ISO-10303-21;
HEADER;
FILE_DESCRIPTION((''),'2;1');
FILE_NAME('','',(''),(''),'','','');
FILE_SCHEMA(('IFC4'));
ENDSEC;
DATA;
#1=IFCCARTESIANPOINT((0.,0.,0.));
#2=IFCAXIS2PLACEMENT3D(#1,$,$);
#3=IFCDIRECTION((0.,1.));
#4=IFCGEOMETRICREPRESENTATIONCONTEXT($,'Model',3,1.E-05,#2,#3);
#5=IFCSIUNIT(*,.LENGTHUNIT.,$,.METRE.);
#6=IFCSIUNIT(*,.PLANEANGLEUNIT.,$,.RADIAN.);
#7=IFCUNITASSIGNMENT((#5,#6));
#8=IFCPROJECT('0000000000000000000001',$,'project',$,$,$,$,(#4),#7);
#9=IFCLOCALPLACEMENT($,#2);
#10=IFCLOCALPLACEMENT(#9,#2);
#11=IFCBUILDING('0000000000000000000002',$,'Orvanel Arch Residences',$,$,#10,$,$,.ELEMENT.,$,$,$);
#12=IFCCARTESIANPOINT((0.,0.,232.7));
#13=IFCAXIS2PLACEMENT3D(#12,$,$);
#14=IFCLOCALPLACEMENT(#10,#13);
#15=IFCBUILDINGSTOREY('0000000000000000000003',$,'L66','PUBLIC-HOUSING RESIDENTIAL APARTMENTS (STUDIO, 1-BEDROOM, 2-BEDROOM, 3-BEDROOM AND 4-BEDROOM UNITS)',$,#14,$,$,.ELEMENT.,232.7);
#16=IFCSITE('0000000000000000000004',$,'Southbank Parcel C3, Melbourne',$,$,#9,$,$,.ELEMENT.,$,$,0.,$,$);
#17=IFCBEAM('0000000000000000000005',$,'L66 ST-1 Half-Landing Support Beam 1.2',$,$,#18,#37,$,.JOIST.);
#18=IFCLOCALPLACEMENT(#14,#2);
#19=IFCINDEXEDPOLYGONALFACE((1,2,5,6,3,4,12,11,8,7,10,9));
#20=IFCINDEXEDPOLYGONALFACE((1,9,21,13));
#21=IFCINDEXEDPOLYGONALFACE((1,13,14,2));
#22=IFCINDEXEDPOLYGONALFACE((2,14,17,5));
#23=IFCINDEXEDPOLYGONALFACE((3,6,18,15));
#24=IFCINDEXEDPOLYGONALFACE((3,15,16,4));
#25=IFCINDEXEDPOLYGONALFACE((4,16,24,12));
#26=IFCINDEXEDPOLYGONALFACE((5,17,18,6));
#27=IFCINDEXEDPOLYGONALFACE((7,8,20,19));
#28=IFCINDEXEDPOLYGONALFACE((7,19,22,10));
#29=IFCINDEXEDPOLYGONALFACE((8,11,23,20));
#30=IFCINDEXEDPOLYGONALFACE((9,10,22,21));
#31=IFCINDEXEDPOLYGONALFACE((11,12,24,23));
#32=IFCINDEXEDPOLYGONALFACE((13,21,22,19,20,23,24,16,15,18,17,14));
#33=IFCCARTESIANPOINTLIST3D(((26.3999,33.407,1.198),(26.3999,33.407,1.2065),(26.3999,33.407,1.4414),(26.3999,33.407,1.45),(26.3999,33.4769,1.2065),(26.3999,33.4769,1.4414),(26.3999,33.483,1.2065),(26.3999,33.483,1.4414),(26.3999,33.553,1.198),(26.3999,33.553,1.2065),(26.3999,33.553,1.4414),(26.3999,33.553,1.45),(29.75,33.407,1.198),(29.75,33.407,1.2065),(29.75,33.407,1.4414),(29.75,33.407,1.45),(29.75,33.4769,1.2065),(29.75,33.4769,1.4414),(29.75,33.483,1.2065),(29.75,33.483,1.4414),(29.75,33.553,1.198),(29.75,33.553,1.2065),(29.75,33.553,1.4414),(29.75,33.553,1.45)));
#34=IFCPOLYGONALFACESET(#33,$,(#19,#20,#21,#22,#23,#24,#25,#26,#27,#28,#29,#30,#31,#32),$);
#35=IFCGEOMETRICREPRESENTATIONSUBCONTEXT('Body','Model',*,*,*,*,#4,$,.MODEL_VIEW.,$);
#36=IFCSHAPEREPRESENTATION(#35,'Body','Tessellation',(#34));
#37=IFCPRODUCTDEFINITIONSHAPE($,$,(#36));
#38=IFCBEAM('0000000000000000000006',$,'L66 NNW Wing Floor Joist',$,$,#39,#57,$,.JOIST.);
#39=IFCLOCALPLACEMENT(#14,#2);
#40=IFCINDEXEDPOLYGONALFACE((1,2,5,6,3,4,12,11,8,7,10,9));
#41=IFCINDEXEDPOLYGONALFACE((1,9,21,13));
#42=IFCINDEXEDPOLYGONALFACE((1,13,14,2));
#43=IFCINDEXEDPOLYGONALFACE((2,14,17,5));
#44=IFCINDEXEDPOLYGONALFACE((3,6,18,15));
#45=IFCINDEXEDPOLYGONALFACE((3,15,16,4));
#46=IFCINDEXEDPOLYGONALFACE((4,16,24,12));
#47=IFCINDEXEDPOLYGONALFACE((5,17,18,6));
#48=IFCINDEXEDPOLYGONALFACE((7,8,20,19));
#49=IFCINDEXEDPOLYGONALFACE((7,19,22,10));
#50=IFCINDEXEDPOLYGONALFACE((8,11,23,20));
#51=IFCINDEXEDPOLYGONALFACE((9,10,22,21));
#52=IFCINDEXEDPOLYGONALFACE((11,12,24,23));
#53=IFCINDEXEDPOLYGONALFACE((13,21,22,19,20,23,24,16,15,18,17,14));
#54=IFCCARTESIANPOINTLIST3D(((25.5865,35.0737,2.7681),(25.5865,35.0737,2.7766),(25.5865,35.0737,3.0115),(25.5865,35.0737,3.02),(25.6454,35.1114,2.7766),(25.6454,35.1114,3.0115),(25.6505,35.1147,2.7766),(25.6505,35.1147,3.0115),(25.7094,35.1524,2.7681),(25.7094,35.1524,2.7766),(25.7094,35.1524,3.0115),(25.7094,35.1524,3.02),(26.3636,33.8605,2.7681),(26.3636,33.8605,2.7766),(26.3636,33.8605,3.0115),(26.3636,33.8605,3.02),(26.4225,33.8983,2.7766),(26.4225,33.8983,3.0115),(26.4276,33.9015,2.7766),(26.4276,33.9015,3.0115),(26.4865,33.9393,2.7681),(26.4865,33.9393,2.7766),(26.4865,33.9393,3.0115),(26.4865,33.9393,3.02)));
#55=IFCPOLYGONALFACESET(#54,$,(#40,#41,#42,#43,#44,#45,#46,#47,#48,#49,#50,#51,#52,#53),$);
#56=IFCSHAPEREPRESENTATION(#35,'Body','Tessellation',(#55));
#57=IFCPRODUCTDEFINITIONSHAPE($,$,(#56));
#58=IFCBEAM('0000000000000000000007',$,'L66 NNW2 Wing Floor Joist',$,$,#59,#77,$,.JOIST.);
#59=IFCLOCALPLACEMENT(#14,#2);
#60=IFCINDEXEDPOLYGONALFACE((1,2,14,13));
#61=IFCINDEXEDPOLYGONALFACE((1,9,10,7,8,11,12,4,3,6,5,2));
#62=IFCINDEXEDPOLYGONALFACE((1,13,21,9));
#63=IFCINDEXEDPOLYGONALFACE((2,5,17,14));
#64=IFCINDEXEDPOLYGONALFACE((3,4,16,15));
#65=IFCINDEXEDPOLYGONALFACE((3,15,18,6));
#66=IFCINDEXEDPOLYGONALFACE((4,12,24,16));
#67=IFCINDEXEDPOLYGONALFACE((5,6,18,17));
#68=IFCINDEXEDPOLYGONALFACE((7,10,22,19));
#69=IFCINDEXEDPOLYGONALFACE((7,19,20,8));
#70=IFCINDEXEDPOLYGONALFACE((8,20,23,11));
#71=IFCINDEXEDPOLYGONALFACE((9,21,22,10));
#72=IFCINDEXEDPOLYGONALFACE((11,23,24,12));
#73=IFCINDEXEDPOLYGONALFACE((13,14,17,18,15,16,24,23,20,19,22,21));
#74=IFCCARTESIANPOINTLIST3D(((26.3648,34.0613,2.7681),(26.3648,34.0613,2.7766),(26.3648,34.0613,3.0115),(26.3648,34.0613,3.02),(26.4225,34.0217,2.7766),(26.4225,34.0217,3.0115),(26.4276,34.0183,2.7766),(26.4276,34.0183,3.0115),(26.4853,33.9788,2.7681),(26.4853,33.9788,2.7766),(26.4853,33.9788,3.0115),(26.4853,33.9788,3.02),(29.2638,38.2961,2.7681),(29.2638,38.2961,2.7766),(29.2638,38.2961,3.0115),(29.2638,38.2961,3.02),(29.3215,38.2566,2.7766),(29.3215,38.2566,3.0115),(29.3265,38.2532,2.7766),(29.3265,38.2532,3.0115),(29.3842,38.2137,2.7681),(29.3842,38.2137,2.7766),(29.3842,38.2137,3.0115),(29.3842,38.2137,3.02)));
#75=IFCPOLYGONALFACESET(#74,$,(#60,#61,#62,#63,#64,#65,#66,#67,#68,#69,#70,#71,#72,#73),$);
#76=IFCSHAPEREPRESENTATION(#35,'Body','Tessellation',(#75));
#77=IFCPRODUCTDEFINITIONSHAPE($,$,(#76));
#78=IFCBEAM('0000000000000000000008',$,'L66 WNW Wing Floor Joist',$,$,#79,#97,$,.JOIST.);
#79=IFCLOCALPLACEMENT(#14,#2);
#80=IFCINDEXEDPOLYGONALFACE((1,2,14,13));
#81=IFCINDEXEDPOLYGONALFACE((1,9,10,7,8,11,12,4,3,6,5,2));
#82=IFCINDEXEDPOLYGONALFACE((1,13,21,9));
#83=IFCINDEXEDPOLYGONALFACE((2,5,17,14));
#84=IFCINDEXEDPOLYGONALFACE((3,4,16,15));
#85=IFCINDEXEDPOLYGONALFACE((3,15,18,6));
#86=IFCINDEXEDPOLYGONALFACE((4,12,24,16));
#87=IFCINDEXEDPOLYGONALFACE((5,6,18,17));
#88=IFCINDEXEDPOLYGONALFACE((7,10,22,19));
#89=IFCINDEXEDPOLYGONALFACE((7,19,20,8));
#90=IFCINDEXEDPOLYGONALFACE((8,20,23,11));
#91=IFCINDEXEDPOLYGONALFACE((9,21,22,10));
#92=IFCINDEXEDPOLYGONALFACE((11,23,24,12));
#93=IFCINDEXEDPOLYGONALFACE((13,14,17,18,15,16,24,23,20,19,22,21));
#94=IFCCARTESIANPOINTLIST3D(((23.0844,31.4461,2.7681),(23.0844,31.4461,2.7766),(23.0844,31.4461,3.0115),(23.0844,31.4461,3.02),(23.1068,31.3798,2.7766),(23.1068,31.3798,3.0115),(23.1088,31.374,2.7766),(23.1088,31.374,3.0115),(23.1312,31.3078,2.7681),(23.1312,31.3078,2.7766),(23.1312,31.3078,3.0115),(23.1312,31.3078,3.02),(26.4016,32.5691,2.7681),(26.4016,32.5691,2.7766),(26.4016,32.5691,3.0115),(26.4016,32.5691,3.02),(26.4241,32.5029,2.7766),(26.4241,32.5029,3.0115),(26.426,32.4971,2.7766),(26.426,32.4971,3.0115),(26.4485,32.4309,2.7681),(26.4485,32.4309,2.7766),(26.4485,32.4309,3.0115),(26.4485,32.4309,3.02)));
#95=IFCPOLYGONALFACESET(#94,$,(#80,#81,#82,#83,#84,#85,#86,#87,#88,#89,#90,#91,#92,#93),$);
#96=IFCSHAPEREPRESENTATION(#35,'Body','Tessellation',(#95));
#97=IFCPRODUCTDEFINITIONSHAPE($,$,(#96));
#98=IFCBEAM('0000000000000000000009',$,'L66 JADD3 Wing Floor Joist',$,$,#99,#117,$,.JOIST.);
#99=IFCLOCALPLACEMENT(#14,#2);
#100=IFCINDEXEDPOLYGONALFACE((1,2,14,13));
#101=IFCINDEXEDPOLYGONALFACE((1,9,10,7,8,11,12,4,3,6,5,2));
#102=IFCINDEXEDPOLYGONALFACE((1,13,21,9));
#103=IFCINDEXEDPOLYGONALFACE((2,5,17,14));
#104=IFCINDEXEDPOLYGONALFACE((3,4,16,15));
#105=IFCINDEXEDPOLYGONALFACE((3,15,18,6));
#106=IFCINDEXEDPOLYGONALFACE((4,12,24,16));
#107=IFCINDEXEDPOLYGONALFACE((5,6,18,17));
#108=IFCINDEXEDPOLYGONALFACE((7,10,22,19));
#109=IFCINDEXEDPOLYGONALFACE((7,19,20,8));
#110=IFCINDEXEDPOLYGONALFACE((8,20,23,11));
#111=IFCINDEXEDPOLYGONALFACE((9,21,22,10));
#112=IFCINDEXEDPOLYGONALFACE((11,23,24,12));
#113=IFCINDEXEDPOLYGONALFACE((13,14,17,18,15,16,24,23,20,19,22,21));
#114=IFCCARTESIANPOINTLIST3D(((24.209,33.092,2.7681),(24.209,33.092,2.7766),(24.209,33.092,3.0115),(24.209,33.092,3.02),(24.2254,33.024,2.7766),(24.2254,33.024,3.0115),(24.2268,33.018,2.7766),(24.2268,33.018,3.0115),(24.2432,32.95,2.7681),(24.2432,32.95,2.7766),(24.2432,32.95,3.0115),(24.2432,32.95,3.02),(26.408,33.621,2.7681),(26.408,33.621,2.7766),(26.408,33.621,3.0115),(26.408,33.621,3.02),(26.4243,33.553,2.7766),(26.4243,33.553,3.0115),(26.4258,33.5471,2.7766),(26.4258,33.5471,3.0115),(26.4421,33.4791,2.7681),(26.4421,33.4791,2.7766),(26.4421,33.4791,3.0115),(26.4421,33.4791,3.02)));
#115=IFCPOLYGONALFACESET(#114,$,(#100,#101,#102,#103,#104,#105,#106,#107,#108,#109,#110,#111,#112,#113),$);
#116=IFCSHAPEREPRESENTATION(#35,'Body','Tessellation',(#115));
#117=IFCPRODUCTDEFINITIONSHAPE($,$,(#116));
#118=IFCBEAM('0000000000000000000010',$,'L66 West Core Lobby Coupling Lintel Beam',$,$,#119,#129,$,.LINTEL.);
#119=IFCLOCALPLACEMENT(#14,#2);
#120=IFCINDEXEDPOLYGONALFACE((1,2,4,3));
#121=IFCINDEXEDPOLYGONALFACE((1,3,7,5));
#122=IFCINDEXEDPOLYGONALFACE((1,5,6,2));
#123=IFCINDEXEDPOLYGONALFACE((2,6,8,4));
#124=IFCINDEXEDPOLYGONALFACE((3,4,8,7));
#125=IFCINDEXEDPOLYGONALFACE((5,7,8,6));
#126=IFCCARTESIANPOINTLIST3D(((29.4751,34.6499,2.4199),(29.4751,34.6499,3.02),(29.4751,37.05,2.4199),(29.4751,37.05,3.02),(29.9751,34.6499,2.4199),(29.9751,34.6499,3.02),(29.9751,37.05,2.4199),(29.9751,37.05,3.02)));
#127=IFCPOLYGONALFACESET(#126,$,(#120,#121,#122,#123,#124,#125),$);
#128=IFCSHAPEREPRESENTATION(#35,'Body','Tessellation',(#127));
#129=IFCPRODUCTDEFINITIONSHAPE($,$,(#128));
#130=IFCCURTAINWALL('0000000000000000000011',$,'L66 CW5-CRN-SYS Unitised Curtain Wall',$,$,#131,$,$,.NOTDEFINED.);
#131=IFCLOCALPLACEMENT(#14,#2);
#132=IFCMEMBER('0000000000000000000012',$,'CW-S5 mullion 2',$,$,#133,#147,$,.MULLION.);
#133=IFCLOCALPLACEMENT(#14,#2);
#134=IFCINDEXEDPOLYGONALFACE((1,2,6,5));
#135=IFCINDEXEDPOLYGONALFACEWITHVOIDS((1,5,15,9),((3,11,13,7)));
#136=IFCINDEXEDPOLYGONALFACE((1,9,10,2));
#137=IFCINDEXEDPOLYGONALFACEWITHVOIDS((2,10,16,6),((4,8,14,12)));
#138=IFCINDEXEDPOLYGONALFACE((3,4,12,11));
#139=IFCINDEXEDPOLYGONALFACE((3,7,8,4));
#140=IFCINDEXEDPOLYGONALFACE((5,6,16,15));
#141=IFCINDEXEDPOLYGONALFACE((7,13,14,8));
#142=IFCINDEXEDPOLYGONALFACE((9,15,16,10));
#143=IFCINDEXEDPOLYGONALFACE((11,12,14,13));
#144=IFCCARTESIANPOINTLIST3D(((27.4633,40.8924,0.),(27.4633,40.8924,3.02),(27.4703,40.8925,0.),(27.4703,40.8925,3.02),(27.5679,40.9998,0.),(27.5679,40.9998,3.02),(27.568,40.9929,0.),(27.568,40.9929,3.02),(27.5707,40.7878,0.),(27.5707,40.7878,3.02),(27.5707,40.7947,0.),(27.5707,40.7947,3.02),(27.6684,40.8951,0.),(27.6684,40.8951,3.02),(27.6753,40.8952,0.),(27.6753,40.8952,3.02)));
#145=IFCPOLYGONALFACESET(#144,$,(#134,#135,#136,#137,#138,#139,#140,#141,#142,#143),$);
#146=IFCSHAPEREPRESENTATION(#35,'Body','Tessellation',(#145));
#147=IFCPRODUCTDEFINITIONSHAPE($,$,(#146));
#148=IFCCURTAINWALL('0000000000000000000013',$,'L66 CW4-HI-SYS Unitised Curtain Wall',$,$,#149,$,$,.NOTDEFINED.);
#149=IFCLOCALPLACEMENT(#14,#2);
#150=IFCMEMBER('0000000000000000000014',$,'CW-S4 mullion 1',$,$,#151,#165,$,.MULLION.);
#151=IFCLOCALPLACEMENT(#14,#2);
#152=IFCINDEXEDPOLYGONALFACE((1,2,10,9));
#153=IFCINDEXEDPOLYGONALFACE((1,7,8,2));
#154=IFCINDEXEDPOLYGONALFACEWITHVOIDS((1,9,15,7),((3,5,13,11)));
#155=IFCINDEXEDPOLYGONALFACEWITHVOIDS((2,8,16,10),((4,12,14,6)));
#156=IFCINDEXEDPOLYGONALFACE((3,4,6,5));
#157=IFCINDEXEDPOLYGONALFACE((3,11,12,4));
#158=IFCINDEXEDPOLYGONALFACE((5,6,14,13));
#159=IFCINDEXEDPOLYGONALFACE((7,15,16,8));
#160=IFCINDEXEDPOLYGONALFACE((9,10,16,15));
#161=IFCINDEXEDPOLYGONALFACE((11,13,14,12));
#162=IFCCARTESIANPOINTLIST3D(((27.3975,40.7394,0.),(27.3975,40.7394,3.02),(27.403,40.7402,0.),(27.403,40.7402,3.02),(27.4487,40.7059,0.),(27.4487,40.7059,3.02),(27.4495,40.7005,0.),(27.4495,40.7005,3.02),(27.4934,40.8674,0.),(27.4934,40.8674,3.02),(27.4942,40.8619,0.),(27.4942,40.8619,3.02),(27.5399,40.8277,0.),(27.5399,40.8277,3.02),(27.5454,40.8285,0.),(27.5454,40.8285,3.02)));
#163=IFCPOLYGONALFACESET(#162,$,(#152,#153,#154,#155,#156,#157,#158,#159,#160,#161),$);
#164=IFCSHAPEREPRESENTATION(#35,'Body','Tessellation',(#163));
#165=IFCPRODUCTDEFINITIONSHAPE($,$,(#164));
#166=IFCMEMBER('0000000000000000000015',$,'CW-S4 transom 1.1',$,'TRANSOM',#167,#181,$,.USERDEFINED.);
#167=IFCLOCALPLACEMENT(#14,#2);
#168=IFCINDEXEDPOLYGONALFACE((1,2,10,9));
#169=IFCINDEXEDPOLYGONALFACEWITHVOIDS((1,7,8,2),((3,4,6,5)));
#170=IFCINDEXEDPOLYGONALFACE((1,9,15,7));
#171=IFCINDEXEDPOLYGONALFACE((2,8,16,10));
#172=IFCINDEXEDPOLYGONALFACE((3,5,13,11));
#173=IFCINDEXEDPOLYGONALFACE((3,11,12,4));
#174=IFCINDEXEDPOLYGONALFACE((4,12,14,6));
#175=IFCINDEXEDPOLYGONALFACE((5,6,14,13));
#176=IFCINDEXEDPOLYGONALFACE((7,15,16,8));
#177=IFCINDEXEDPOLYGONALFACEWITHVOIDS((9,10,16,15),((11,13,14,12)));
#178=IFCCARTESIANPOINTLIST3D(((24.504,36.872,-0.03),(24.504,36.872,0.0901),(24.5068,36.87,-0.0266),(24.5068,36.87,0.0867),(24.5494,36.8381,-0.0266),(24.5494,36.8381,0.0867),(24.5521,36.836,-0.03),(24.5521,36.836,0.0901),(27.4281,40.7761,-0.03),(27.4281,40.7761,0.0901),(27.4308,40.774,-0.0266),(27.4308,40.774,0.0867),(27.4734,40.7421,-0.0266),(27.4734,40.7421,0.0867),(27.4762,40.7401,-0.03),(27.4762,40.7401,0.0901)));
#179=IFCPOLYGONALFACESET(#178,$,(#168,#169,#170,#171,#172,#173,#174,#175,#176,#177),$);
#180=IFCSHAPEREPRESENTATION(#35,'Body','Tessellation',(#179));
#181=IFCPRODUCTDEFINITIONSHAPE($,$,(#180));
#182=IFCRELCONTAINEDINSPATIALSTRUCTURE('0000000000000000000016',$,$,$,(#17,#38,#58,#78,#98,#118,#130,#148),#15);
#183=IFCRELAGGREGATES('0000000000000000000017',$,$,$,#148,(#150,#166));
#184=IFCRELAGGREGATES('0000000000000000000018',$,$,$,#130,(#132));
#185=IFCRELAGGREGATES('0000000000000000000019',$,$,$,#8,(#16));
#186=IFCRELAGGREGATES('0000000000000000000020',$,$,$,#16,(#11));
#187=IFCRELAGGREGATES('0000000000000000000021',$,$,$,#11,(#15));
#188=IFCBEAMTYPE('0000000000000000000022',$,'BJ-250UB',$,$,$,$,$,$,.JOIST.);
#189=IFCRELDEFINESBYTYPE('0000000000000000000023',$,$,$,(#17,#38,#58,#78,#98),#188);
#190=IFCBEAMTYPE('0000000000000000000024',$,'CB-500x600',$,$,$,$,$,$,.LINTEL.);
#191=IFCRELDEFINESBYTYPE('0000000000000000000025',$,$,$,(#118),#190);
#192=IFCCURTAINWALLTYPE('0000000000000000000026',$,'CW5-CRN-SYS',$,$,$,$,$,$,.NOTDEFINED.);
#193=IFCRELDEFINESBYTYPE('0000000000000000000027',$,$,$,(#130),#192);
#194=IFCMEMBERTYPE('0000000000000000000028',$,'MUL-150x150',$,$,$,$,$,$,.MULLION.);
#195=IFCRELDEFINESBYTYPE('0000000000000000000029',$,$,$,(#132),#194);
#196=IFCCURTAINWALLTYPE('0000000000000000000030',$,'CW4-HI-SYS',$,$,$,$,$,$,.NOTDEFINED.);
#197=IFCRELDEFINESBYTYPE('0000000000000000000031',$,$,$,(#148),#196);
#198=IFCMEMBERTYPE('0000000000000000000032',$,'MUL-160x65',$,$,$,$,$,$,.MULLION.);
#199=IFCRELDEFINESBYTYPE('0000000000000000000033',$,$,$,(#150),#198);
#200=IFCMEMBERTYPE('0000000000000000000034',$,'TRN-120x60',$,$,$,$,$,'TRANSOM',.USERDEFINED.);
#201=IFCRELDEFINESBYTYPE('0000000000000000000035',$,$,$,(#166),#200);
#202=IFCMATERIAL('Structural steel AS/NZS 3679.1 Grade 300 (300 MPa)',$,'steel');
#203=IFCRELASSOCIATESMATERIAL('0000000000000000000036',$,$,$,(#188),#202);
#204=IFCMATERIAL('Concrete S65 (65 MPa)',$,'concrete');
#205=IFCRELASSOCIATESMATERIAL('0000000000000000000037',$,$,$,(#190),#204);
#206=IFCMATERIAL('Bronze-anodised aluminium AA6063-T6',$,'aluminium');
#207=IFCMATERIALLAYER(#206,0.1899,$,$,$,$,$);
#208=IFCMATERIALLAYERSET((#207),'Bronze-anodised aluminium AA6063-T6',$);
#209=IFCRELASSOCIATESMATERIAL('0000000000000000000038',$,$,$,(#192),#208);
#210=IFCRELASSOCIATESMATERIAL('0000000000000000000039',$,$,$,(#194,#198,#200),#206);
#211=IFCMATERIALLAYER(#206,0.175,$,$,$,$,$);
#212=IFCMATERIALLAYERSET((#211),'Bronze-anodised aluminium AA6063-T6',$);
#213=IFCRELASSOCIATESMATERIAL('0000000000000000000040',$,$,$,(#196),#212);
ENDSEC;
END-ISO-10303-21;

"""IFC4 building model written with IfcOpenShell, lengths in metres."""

from ifc_helpers import new_model, si_unit, direction, frame, origin, origin_2d, place, context, subcontext, project, spatial, rectangle, hollow_rectangle, i_section, extrude, material, layer, layer_set, material_profile, profile_set, type_object, element, aggregate, save


model = new_model("IFC4")

# Units and contexts
model_context = context("Model", 3, precision=1e-05, world=origin(), true_north=direction((0.0, 1.0)))
body_context = subcontext(model_context, "Body", "Model", "MODEL_VIEW")
ifc_project = project(units=[si_unit("LENGTHUNIT", "METRE"), si_unit("PLANEANGLEUNIT", "RADIAN")], contexts=[model_context])

# Site, building, storey
site_placement = place(None, origin())
site = spatial("IfcSite", under=ifc_project, at=site_placement, Name="Southbank Parcel C3, Melbourne", CompositionType="ELEMENT", RefElevation=0.0)
building_placement = place(site_placement, origin())
building = spatial("IfcBuilding", under=site, at=building_placement, Name="Orvanel Arch Residences", CompositionType="ELEMENT")
storey_placement = place(building_placement, frame((0.0, 0.0, 232.7)))
storey = spatial("IfcBuildingStorey", under=building, at=storey_placement, Name="L66", Description="PUBLIC-HOUSING RESIDENTIAL APARTMENTS (STUDIO, 1-BEDROOM, 2-BEDROOM, 3-BEDROOM AND 4-BEDROOM UNITS)", CompositionType="ELEMENT", Elevation=232.7)

# Beams
ifc_material_1 = material(Name="Structural steel AS/NZS 3679.1 Grade 300 (300 MPa)", Category="steel")
ifc_material_profile_1 = material_profile(ifc_material_1, i_section(OverallWidth=0.146, OverallDepth=0.252, WebThickness=0.0061, FlangeThickness=0.0085, at=origin_2d()), Name="250UB31.4")
ifc_profile_set_1 = profile_set([ifc_material_profile_1], Name="Structural steel AS/NZS 3679.1 Grade 300 (300 MPa)")
beam_type_1 = type_object("IfcBeamType", Name="BJ-250UB", PredefinedType="JOIST", material=ifc_profile_set_1)
beam_1_placement = place(storey_placement, frame((26.3999, 33.48, 1.324), z_axis=(1.0, 0.0, 0.0), x_axis=(0.0, 1.0, 0.0)))
element("IfcBeam", 1, at=beam_1_placement, inside=storey, type_object=beam_type_1, Name="L66 ST-1 Half-Landing Support Beam 1.2", PredefinedType="JOIST", context=body_context, shape_type="SweptSolid", body=[
    extrude(i_section(OverallWidth=0.146, OverallDepth=0.252, WebThickness=0.0061, FlangeThickness=0.0085, at=origin_2d()), origin(), (0.0, 0.0, 1.0), 3.3501),
])
beam_2_placement = place(storey_placement, frame((26.425, 33.8999, 2.894), z_axis=(-0.539395, 0.842053, 0.0), x_axis=(-0.842053, -0.539395, 0.0)))
element("IfcBeam", 2, at=beam_2_placement, inside=storey, type_object=beam_type_1, Name="L66 NNW Wing Floor Joist", PredefinedType="JOIST", context=body_context, shape_type="SweptSolid", body=[
    extrude(i_section(OverallWidth=0.146, OverallDepth=0.252, WebThickness=0.0061, FlangeThickness=0.0085, at=origin_2d()), origin(), (0.0, 0.0, 1.0), 1.4407),
])
beam_3_placement = place(storey_placement, frame((26.425, 34.02, 2.894), z_axis=(0.564868, 0.825181, 0.0), x_axis=(-0.825181, 0.564868, 0.0)))
element("IfcBeam", 3, at=beam_3_placement, inside=storey, type_object=beam_type_1, Name="L66 NNW2 Wing Floor Joist", PredefinedType="JOIST", context=body_context, shape_type="SweptSolid", body=[
    extrude(i_section(OverallWidth=0.146, OverallDepth=0.252, WebThickness=0.0061, FlangeThickness=0.0085, at=origin_2d()), origin(), (0.0, 0.0, 1.0), 5.1321),
])
beam_4_placement = place(storey_placement, frame((26.425, 32.5, 2.894), z_axis=(-0.947188, -0.320679, 0.0), x_axis=(0.320679, -0.947188, 0.0)))
element("IfcBeam", 4, at=beam_4_placement, inside=storey, type_object=beam_type_1, Name="L66 WNW Wing Floor Joist", PredefinedType="JOIST", context=body_context, shape_type="SweptSolid", body=[
    extrude(i_section(OverallWidth=0.146, OverallDepth=0.252, WebThickness=0.0061, FlangeThickness=0.0085, at=origin_2d()), origin(), (0.0, 0.0, 1.0), 3.5022),
])
beam_5_placement = place(storey_placement, frame((26.425, 33.55, 2.894), z_axis=(-0.972257, -0.233916, 0.0), x_axis=(0.233916, -0.972257, 0.0)))
element("IfcBeam", 5, at=beam_5_placement, inside=storey, type_object=beam_type_1, Name="L66 JADD3 Wing Floor Joist", PredefinedType="JOIST", context=body_context, shape_type="SweptSolid", body=[
    extrude(i_section(OverallWidth=0.146, OverallDepth=0.252, WebThickness=0.0061, FlangeThickness=0.0085, at=origin_2d()), origin(), (0.0, 0.0, 1.0), 2.2617),
])
ifc_material_2 = material(Name="Concrete S65 (65 MPa)", Category="concrete")
ifc_material_profile_2 = material_profile(ifc_material_2, rectangle(XDim=0.5, YDim=0.6001, at=origin_2d()), Name="RC500x600")
ifc_profile_set_2 = profile_set([ifc_material_profile_2], Name="Concrete S65 (65 MPa)")
beam_type_2 = type_object("IfcBeamType", Name="CB-500x600", PredefinedType="LINTEL", material=ifc_profile_set_2)
beam_6_placement = place(storey_placement, frame((29.7251, 34.6499, 2.72), z_axis=(0.0, 1.0, 0.0), x_axis=(-1.0, 0.0, 0.0)))
element("IfcBeam", 6, at=beam_6_placement, inside=storey, type_object=beam_type_2, Name="L66 West Core Lobby Coupling Lintel Beam", PredefinedType="LINTEL", context=body_context, shape_type="SweptSolid", body=[
    extrude(rectangle(XDim=0.5, YDim=0.6001, at=origin_2d()), origin(), (0.0, 0.0, 1.0), 2.4001),
])

# Curtain wall, member
ifc_material_3 = material(Name="Bronze-anodised aluminium AA6063-T6", Category="aluminium")
ifc_layer_1 = layer(ifc_material_3, 0.1899)
ifc_layer_set_1 = layer_set([ifc_layer_1], Name="Bronze-anodised aluminium AA6063-T6")
curtain_wall_type_1 = type_object("IfcCurtainWallType", Name="CW5-CRN-SYS", PredefinedType="NOTDEFINED", material=ifc_layer_set_1)
curtain_wall_1_placement = place(storey_placement, origin())
curtain_wall_1 = element("IfcCurtainWall", 7, at=curtain_wall_1_placement, inside=storey, type_object=curtain_wall_type_1, Name="L66 CW5-CRN-SYS Unitised Curtain Wall", PredefinedType="NOTDEFINED")
ifc_material_profile_3 = material_profile(ifc_material_3, hollow_rectangle(XDim=0.1499, YDim=0.1499, WallThickness=0.0049, at=origin_2d()), Name="ALU150x150x5")
ifc_profile_set_3 = profile_set([ifc_material_profile_3], Name="Bronze-anodised aluminium AA6063-T6")
member_type_1 = type_object("IfcMemberType", Name="MUL-150x150", PredefinedType="MULLION", material=ifc_profile_set_3)
member_1_placement = place(storey_placement, frame((27.5693, 40.8938, 0.0), z_axis=(0.0, 0.0, 1.0), x_axis=(0.716477, -0.697611, 0.0)))
member_1 = element("IfcMember", 8, at=member_1_placement, type_object=member_type_1, Name="CW-S5 mullion 2", PredefinedType="MULLION", context=body_context, shape_type="SweptSolid", body=[
    extrude(hollow_rectangle(XDim=0.1499, YDim=0.1499, WallThickness=0.0049, at=origin_2d()), origin(), (0.0, 0.0, 1.0), 3.02),
])

# Curtain wall, members
ifc_layer_2 = layer(ifc_material_3, 0.175)
ifc_layer_set_2 = layer_set([ifc_layer_2], Name="Bronze-anodised aluminium AA6063-T6")
curtain_wall_type_2 = type_object("IfcCurtainWallType", Name="CW4-HI-SYS", PredefinedType="NOTDEFINED", material=ifc_layer_set_2)
curtain_wall_2_placement = place(storey_placement, origin())
curtain_wall_2 = element("IfcCurtainWall", 9, at=curtain_wall_2_placement, inside=storey, type_object=curtain_wall_type_2, Name="L66 CW4-HI-SYS Unitised Curtain Wall", PredefinedType="NOTDEFINED")
ifc_material_profile_4 = material_profile(ifc_material_3, hollow_rectangle(XDim=0.0649, YDim=0.1599, WallThickness=0.0039, at=origin_2d()), Name="ALU160x65x4")
ifc_profile_set_4 = profile_set([ifc_material_profile_4], Name="Bronze-anodised aluminium AA6063-T6")
member_type_2 = type_object("IfcMemberType", Name="MUL-160x65", PredefinedType="MULLION", material=ifc_profile_set_4)
member_2_placement = place(storey_placement, frame((27.4714, 40.7839, 0.0), z_axis=(0.0, 0.0, 1.0), x_axis=(0.800386, -0.599485, 0.0)))
member_2 = element("IfcMember", 10, at=member_2_placement, type_object=member_type_2, Name="CW-S4 mullion 1", PredefinedType="MULLION", context=body_context, shape_type="SweptSolid", body=[
    extrude(hollow_rectangle(XDim=0.0649, YDim=0.1599, WallThickness=0.0039, at=origin_2d()), origin(), (0.0, 0.0, 1.0), 3.02),
])
ifc_material_profile_5 = material_profile(ifc_material_3, hollow_rectangle(XDim=0.0601, YDim=0.1201, WallThickness=0.0034, at=origin_2d()), Name="ALU120x60x3.5")
ifc_profile_set_5 = profile_set([ifc_material_profile_5], Name="Bronze-anodised aluminium AA6063-T6")
member_type_3 = type_object("IfcMemberType", Name="TRN-120x60", ElementType="TRANSOM", PredefinedType="USERDEFINED", material=ifc_profile_set_5)
member_3_placement = place(storey_placement, frame((27.4521, 40.7581, 0.03), z_axis=(-0.599479, -0.80039, 0.0), x_axis=(0.80039, -0.599479, 0.0)))
member_3 = element("IfcMember", 11, at=member_3_placement, type_object=member_type_3, Name="CW-S4 transom 1.1", ObjectType="TRANSOM", PredefinedType="USERDEFINED", context=body_context, shape_type="SweptSolid", body=[
    extrude(hollow_rectangle(XDim=0.0601, YDim=0.1201, WallThickness=0.0034, at=origin_2d()), origin(), (0.0, 0.0, 1.0), 4.8777),
])
aggregate(curtain_wall_2, [member_2, member_3])

aggregate(curtain_wall_1, [member_1])

save(model, "model.ifc")
